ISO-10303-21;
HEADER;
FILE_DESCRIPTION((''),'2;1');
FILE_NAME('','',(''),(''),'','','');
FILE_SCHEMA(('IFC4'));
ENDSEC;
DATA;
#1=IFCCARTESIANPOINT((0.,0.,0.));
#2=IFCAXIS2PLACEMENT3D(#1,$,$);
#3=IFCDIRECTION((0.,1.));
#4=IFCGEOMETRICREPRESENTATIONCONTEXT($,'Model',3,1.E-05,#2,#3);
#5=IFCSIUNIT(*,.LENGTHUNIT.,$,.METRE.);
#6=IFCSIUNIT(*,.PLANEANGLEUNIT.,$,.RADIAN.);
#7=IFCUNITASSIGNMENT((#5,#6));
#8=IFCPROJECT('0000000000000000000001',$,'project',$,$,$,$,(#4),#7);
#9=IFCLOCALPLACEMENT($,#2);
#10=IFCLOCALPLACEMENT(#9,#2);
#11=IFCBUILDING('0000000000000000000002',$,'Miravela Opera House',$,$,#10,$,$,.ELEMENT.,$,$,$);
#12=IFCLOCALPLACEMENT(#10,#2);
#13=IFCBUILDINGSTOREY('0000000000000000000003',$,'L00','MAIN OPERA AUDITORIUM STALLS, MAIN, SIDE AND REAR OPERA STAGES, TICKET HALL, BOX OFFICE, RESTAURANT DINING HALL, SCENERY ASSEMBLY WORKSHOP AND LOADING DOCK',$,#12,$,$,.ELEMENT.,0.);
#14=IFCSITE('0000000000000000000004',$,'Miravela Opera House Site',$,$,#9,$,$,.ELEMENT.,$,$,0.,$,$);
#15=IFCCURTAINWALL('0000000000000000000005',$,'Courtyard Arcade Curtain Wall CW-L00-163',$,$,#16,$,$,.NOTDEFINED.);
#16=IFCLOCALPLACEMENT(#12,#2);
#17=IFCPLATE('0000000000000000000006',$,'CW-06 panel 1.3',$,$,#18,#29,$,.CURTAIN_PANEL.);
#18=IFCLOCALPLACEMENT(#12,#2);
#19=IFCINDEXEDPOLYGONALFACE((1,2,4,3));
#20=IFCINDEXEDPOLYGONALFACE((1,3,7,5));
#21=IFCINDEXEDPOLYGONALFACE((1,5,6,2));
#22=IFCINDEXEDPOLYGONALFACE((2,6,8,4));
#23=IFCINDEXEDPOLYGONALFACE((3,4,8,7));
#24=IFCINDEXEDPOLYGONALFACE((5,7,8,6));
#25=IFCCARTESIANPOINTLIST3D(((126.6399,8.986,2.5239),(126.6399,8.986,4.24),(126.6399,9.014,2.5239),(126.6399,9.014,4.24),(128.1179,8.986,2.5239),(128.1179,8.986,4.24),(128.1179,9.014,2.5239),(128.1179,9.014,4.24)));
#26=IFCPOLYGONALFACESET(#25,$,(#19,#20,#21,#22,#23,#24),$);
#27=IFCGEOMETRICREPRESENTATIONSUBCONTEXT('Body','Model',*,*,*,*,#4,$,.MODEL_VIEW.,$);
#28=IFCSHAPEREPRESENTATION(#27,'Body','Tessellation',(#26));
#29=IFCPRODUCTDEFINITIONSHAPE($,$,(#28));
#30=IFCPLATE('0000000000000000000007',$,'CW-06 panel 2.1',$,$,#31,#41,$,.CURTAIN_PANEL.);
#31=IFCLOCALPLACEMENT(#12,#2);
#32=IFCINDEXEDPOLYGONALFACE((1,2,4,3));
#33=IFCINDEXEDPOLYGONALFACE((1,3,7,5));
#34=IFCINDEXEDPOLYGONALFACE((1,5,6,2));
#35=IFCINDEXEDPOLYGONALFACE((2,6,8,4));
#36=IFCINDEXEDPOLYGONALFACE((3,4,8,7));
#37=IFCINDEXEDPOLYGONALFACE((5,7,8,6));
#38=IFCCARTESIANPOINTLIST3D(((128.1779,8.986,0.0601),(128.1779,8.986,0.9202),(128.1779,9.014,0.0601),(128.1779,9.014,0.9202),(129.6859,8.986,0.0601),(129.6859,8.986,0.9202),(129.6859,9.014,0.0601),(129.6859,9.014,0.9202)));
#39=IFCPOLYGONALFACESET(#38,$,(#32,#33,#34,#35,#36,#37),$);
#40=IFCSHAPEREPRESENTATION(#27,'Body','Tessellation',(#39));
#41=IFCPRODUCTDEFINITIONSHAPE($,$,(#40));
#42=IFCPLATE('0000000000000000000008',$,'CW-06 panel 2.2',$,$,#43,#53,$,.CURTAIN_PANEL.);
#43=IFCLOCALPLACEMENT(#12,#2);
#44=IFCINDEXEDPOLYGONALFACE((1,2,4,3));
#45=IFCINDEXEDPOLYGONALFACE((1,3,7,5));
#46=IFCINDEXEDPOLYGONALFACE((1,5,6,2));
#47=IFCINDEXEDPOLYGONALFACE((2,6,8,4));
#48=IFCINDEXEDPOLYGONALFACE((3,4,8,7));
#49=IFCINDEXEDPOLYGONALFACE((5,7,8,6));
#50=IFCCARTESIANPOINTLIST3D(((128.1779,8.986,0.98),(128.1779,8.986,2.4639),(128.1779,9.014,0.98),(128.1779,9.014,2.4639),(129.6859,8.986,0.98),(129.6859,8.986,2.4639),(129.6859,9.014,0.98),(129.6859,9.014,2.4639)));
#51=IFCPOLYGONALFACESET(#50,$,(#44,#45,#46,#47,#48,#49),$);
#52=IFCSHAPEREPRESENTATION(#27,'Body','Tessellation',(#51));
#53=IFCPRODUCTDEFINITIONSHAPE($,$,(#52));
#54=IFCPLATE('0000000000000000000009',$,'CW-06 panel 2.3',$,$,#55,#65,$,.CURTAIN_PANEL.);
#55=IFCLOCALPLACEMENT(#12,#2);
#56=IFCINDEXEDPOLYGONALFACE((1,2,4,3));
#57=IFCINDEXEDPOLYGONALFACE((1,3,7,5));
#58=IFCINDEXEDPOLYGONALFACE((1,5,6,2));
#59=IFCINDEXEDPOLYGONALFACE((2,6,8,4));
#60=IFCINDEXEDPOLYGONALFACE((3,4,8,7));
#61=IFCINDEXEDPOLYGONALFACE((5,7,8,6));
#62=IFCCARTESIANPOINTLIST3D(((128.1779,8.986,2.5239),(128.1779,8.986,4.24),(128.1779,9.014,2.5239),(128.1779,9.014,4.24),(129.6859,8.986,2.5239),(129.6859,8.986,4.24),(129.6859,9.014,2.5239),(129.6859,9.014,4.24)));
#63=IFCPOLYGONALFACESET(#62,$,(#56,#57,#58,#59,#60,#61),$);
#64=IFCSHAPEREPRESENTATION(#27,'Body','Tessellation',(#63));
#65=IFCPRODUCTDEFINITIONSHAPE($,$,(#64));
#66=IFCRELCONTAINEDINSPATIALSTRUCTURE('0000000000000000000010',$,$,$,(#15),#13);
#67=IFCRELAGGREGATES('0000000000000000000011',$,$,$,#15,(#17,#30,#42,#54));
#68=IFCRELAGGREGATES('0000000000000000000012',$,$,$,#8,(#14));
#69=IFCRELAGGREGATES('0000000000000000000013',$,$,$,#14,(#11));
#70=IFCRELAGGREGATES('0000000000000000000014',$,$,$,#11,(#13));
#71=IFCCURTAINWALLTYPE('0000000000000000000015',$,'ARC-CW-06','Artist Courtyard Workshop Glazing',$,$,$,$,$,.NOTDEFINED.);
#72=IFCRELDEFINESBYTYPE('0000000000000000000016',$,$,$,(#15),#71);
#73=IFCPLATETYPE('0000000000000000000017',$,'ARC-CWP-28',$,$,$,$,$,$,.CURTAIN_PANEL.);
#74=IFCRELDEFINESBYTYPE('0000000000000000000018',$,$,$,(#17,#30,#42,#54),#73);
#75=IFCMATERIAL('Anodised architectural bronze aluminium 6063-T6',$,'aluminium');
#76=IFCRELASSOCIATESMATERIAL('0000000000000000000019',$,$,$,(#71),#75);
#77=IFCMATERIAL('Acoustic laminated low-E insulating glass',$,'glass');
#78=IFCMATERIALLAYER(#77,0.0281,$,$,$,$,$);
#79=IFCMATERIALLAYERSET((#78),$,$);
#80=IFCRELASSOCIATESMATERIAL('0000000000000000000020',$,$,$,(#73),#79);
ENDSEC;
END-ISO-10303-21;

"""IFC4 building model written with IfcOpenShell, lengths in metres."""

from ifc_helpers import new_model, si_unit, direction, frame, origin, origin_2d, place, context, subcontext, project, spatial, rectangle, extrude, material, layer, layer_set, type_object, element, aggregate, save


model = new_model("IFC4")

# Units and contexts
model_context = context("Model", 3, precision=1e-05, world=origin(), true_north=direction((0.0, 1.0)))
body_context = subcontext(model_context, "Body", "Model", "MODEL_VIEW")
ifc_project = project(units=[si_unit("LENGTHUNIT", "METRE"), si_unit("PLANEANGLEUNIT", "RADIAN")], contexts=[model_context])

# Site, building, storey
site_placement = place(None, origin())
site = spatial("IfcSite", under=ifc_project, at=site_placement, Name="Miravela Opera House Site", CompositionType="ELEMENT", RefElevation=0.0)
building_placement = place(site_placement, origin())
building = spatial("IfcBuilding", under=site, at=building_placement, Name="Miravela Opera House", CompositionType="ELEMENT")
storey_placement = place(building_placement, origin())
storey = spatial("IfcBuildingStorey", under=building, at=storey_placement, Name="L00", Description="MAIN OPERA AUDITORIUM STALLS, MAIN, SIDE AND REAR OPERA STAGES, TICKET HALL, BOX OFFICE, RESTAURANT DINING HALL, SCENERY ASSEMBLY WORKSHOP AND LOADING DOCK", CompositionType="ELEMENT", Elevation=0.0)

# Shared definitions
ifc_material_1 = material(Name="Anodised architectural bronze aluminium 6063-T6", Category="aluminium")
curtain_wall_type = type_object("IfcCurtainWallType", Name="ARC-CW-06", Description="Artist Courtyard Workshop Glazing", PredefinedType="NOTDEFINED", material=ifc_material_1)

# Curtain wall
curtain_wall_1_placement = place(storey_placement, origin())
curtain_wall_1 = element("IfcCurtainWall", 1, at=curtain_wall_1_placement, inside=storey, type_object=curtain_wall_type, Name="Courtyard Arcade Curtain Wall CW-L00-163", PredefinedType="NOTDEFINED")

# Plates
ifc_material_2 = material(Name="Acoustic laminated low-E insulating glass", Category="glass")
ifc_layer = layer(ifc_material_2, 0.0281)
ifc_layer_set = layer_set([ifc_layer])
plate_type = type_object("IfcPlateType", Name="ARC-CWP-28", PredefinedType="CURTAIN_PANEL", material=ifc_layer_set)
plate_1_placement = place(storey_placement, frame((127.3789, 9.0, 2.5239), z_axis=(0.0, 0.0, 1.0), x_axis=(1.0, 0.0, 0.0)))
plate_1 = element("IfcPlate", 2, at=plate_1_placement, type_object=plate_type, Name="CW-06 panel 1.3", PredefinedType="CURTAIN_PANEL", context=body_context, shape_type="SweptSolid", body=[
    extrude(rectangle(XDim=1.478, YDim=0.0281, at=origin_2d()), origin(), (0.0, 0.0, 1.0), 1.7161),
])
plate_2_placement = place(storey_placement, frame((128.9319, 9.0, 0.0601), z_axis=(0.0, 0.0, 1.0), x_axis=(1.0, 0.0, 0.0)))
plate_2 = element("IfcPlate", 3, at=plate_2_placement, type_object=plate_type, Name="CW-06 panel 2.1", PredefinedType="CURTAIN_PANEL", context=body_context, shape_type="SweptSolid", body=[
    extrude(rectangle(XDim=1.5081, YDim=0.0281, at=origin_2d()), origin(), (0.0, 0.0, 1.0), 0.8601),
])
plate_3_placement = place(storey_placement, frame((128.9319, 9.0, 0.98), z_axis=(0.0, 0.0, 1.0), x_axis=(1.0, 0.0, 0.0)))
plate_3 = element("IfcPlate", 4, at=plate_3_placement, type_object=plate_type, Name="CW-06 panel 2.2", PredefinedType="CURTAIN_PANEL", context=body_context, shape_type="SweptSolid", body=[
    extrude(rectangle(XDim=1.5081, YDim=0.0281, at=origin_2d()), origin(), (0.0, 0.0, 1.0), 1.4839),
])
plate_4_placement = place(storey_placement, frame((128.9319, 9.0, 2.5239), z_axis=(0.0, 0.0, 1.0), x_axis=(1.0, 0.0, 0.0)))
plate_4 = element("IfcPlate", 5, at=plate_4_placement, type_object=plate_type, Name="CW-06 panel 2.3", PredefinedType="CURTAIN_PANEL", context=body_context, shape_type="SweptSolid", body=[
    extrude(rectangle(XDim=1.5081, YDim=0.0281, at=origin_2d()), origin(), (0.0, 0.0, 1.0), 1.7161),
])
aggregate(curtain_wall_1, [plate_1, plate_2, plate_3, plate_4])

save(model, "model.ifc")
